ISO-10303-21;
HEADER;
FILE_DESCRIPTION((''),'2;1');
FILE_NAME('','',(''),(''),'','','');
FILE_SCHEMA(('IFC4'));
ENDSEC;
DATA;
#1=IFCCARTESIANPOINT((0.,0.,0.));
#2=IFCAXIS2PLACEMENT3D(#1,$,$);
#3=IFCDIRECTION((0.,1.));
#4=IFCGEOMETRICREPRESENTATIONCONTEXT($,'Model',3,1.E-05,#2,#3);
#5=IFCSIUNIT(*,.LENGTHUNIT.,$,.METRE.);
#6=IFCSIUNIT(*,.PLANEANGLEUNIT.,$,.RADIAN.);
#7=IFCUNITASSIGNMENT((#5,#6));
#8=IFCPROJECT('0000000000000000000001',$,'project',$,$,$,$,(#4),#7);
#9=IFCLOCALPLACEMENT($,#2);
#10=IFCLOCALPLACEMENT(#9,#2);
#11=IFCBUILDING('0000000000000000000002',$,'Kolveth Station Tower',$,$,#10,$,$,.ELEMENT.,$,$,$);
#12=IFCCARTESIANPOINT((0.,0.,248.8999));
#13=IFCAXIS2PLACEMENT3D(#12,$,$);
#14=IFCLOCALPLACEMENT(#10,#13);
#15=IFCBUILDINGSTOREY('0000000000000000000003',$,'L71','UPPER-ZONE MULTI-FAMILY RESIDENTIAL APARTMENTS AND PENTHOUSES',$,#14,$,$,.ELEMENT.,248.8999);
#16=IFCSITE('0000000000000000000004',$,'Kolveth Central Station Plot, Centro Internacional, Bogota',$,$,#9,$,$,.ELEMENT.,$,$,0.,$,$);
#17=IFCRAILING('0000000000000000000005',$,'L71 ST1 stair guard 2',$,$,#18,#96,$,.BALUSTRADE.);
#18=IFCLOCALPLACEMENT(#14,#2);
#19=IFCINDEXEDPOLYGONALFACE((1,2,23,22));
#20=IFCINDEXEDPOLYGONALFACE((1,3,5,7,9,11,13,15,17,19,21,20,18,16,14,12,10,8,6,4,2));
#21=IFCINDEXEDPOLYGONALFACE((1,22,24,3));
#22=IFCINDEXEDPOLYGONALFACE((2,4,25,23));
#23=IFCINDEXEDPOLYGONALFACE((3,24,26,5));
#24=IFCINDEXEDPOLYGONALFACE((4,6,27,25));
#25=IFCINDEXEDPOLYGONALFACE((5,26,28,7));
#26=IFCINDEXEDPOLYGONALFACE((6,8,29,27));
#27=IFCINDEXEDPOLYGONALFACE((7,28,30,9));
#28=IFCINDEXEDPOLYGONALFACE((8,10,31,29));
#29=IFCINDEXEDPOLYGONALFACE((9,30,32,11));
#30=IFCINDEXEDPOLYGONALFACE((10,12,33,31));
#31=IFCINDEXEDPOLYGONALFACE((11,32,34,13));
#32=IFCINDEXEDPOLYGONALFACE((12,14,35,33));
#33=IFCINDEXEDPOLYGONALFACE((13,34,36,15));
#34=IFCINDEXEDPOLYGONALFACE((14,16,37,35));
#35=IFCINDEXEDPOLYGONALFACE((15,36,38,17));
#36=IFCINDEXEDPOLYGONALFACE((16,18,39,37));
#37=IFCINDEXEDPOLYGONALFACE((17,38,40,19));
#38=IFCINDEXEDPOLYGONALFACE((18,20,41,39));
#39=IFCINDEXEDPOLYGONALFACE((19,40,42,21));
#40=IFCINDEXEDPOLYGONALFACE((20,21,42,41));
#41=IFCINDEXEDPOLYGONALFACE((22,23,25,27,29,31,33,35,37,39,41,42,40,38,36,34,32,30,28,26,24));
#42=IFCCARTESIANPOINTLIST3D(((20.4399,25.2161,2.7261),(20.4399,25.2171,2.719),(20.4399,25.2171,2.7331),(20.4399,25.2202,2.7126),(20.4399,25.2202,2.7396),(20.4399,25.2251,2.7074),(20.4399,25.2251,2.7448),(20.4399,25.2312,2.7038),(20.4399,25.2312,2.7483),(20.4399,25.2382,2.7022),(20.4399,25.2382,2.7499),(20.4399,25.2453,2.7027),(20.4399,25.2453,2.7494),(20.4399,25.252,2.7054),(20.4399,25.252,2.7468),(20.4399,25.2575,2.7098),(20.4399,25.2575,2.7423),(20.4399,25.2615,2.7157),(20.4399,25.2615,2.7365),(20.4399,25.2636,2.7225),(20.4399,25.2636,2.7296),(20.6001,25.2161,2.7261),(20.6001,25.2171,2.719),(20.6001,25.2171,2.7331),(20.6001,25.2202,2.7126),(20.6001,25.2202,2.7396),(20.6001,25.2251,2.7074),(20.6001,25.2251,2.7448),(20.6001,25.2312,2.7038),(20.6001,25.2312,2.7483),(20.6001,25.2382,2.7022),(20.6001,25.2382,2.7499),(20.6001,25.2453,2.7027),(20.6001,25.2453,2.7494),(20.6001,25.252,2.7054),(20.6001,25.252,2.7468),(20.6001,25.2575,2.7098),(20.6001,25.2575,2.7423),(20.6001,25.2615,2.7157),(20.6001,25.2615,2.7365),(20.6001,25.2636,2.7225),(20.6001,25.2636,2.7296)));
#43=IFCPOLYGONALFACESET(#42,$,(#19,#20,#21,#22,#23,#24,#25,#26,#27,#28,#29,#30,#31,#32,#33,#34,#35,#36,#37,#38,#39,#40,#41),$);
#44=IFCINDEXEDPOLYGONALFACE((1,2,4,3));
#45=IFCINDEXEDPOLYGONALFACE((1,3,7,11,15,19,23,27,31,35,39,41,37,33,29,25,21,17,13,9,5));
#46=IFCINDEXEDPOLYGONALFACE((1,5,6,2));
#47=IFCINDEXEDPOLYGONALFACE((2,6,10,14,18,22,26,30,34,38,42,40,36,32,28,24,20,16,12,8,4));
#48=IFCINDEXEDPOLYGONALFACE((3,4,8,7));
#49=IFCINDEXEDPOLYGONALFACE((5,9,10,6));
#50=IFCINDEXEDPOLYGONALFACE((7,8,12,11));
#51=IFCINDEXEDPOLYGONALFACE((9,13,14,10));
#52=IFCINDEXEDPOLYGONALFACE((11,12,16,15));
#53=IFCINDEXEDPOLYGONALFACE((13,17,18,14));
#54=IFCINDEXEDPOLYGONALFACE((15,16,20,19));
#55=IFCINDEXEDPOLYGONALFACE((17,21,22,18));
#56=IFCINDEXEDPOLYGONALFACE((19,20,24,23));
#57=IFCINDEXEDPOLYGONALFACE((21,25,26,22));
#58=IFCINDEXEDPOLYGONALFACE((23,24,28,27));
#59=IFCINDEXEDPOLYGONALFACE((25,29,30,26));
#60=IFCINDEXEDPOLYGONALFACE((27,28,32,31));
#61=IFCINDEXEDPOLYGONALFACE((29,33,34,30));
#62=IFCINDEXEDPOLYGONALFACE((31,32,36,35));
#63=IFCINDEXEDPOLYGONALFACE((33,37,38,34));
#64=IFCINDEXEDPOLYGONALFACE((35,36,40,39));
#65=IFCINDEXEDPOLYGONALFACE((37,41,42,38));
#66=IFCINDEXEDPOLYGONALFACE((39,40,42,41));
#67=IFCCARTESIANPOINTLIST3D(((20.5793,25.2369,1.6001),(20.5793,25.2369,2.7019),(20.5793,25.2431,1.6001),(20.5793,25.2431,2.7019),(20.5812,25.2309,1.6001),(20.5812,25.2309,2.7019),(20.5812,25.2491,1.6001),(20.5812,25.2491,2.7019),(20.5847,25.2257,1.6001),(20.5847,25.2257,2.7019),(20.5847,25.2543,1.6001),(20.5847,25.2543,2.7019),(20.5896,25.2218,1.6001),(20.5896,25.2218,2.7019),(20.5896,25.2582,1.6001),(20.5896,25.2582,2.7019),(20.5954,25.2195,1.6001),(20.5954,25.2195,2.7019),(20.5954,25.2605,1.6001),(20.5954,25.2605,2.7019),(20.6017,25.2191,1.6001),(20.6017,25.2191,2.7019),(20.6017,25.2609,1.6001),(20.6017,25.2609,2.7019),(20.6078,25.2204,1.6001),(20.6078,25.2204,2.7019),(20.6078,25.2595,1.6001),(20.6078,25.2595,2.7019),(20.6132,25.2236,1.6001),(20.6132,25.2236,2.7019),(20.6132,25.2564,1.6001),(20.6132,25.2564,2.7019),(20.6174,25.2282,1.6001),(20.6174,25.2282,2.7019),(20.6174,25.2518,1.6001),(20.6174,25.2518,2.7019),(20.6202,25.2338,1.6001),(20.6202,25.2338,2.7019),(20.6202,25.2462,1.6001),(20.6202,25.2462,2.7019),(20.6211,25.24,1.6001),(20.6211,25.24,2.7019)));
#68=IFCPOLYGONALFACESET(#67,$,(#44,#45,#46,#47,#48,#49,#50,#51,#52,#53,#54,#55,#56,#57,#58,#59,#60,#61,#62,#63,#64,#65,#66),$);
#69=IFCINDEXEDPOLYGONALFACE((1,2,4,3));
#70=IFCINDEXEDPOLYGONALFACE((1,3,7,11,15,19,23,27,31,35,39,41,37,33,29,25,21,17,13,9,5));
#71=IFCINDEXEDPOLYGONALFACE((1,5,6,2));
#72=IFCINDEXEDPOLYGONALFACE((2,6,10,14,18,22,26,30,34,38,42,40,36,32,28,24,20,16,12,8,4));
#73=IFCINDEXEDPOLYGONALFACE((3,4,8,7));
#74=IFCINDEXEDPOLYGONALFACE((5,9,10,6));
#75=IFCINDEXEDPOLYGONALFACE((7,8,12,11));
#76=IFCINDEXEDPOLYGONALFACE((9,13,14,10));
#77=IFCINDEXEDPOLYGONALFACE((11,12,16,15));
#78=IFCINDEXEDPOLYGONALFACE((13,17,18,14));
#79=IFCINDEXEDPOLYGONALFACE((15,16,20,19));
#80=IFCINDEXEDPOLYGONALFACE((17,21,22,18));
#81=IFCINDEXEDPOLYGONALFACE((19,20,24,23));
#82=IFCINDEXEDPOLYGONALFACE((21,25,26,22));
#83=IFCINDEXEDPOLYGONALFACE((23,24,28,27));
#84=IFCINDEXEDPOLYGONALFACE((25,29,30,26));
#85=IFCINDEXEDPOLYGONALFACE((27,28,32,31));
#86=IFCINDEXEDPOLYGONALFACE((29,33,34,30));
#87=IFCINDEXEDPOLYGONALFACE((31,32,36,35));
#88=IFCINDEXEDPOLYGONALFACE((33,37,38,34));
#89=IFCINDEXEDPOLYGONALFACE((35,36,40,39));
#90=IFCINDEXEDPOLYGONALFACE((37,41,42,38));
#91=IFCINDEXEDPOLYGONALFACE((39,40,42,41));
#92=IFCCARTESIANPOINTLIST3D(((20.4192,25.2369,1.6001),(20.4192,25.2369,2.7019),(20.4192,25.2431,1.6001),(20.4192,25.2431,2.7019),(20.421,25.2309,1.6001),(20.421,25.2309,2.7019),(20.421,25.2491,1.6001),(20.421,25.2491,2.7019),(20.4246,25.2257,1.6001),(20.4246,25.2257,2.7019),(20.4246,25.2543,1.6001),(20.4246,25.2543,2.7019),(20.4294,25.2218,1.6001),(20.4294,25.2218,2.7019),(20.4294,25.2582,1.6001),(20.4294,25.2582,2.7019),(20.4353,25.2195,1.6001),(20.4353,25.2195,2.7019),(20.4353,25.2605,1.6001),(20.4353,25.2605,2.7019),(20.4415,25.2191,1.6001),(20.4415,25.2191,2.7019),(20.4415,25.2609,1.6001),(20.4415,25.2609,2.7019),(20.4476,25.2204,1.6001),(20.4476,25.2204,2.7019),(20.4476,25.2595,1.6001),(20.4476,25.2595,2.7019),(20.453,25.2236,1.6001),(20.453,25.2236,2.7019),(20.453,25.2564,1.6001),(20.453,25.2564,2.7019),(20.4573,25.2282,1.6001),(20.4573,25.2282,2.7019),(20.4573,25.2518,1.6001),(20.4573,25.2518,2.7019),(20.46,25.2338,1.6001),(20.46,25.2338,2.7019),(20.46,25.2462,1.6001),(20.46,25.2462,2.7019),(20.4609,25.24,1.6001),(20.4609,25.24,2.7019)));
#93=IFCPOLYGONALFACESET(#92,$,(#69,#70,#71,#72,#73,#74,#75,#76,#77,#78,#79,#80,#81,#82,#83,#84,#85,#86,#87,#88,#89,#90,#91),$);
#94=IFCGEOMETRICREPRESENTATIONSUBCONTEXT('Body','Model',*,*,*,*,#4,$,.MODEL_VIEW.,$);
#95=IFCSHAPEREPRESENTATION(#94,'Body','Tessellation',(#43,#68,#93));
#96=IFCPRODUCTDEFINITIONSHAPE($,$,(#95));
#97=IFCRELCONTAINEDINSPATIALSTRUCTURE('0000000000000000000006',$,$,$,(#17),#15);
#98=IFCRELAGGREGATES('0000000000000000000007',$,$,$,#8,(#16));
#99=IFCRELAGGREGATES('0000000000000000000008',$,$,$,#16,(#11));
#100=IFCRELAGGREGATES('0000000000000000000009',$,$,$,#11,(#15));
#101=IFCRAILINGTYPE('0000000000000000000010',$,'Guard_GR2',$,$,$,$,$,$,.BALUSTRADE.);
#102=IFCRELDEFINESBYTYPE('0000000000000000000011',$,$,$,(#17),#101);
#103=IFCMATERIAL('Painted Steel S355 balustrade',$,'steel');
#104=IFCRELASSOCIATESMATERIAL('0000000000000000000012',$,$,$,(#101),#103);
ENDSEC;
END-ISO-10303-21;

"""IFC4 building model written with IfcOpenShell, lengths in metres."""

from ifc_helpers import new_model, si_unit, direction, frame, origin, origin_2d, place, context, subcontext, project, spatial, circle, extrude, material, type_object, element, save


model = new_model("IFC4")

# Units and contexts
model_context = context("Model", 3, precision=1e-05, world=origin(), true_north=direction((0.0, 1.0)))
body_context = subcontext(model_context, "Body", "Model", "MODEL_VIEW")
ifc_project = project(units=[si_unit("LENGTHUNIT", "METRE"), si_unit("PLANEANGLEUNIT", "RADIAN")], contexts=[model_context])

# Site, building, storey
site_placement = place(None, origin())
site = spatial("IfcSite", under=ifc_project, at=site_placement, Name="Kolveth Central Station Plot, Centro Internacional, Bogota", CompositionType="ELEMENT", RefElevation=0.0)
building_placement = place(site_placement, origin())
building = spatial("IfcBuilding", under=site, at=building_placement, Name="Kolveth Station Tower", CompositionType="ELEMENT")
storey_placement = place(building_placement, frame((0.0, 0.0, 248.8999)))
storey = spatial("IfcBuildingStorey", under=building, at=storey_placement, Name="L71", Description="UPPER-ZONE MULTI-FAMILY RESIDENTIAL APARTMENTS AND PENTHOUSES", CompositionType="ELEMENT", Elevation=248.8999)

# Railing
ifc_material_1 = material(Name="Painted Steel S355 balustrade", Category="steel")
railing_type_1 = type_object("IfcRailingType", Name="Guard_GR2", PredefinedType="BALUSTRADE", material=ifc_material_1)
railing_1_placement = place(storey_placement, frame((20.6001, 25.24, 1.6001)))
element("IfcRailing", 1, at=railing_1_placement, inside=storey, type_object=railing_type_1, Name="L71 ST1 stair guard 2", PredefinedType="BALUSTRADE", context=body_context, shape_type="SweptSolid", body=[
    extrude(circle(Radius=0.0239, at=origin_2d()), frame((0.0, 0.0, 1.126), z_axis=(-1.0, 0.0, 0.0), x_axis=(0.0, -1.0, 0.0)), (0.0, 0.0, 1.0), 0.1602),
    extrude(circle(Radius=0.021, at=origin_2d()), origin(), (0.0, 0.0, 1.0), 1.1018),
    extrude(circle(Radius=0.021, at=origin_2d()), frame((-0.1602, 0.0, 0.0)), (0.0, 0.0, 1.0), 1.1018),
])

save(model, "model.ifc")
